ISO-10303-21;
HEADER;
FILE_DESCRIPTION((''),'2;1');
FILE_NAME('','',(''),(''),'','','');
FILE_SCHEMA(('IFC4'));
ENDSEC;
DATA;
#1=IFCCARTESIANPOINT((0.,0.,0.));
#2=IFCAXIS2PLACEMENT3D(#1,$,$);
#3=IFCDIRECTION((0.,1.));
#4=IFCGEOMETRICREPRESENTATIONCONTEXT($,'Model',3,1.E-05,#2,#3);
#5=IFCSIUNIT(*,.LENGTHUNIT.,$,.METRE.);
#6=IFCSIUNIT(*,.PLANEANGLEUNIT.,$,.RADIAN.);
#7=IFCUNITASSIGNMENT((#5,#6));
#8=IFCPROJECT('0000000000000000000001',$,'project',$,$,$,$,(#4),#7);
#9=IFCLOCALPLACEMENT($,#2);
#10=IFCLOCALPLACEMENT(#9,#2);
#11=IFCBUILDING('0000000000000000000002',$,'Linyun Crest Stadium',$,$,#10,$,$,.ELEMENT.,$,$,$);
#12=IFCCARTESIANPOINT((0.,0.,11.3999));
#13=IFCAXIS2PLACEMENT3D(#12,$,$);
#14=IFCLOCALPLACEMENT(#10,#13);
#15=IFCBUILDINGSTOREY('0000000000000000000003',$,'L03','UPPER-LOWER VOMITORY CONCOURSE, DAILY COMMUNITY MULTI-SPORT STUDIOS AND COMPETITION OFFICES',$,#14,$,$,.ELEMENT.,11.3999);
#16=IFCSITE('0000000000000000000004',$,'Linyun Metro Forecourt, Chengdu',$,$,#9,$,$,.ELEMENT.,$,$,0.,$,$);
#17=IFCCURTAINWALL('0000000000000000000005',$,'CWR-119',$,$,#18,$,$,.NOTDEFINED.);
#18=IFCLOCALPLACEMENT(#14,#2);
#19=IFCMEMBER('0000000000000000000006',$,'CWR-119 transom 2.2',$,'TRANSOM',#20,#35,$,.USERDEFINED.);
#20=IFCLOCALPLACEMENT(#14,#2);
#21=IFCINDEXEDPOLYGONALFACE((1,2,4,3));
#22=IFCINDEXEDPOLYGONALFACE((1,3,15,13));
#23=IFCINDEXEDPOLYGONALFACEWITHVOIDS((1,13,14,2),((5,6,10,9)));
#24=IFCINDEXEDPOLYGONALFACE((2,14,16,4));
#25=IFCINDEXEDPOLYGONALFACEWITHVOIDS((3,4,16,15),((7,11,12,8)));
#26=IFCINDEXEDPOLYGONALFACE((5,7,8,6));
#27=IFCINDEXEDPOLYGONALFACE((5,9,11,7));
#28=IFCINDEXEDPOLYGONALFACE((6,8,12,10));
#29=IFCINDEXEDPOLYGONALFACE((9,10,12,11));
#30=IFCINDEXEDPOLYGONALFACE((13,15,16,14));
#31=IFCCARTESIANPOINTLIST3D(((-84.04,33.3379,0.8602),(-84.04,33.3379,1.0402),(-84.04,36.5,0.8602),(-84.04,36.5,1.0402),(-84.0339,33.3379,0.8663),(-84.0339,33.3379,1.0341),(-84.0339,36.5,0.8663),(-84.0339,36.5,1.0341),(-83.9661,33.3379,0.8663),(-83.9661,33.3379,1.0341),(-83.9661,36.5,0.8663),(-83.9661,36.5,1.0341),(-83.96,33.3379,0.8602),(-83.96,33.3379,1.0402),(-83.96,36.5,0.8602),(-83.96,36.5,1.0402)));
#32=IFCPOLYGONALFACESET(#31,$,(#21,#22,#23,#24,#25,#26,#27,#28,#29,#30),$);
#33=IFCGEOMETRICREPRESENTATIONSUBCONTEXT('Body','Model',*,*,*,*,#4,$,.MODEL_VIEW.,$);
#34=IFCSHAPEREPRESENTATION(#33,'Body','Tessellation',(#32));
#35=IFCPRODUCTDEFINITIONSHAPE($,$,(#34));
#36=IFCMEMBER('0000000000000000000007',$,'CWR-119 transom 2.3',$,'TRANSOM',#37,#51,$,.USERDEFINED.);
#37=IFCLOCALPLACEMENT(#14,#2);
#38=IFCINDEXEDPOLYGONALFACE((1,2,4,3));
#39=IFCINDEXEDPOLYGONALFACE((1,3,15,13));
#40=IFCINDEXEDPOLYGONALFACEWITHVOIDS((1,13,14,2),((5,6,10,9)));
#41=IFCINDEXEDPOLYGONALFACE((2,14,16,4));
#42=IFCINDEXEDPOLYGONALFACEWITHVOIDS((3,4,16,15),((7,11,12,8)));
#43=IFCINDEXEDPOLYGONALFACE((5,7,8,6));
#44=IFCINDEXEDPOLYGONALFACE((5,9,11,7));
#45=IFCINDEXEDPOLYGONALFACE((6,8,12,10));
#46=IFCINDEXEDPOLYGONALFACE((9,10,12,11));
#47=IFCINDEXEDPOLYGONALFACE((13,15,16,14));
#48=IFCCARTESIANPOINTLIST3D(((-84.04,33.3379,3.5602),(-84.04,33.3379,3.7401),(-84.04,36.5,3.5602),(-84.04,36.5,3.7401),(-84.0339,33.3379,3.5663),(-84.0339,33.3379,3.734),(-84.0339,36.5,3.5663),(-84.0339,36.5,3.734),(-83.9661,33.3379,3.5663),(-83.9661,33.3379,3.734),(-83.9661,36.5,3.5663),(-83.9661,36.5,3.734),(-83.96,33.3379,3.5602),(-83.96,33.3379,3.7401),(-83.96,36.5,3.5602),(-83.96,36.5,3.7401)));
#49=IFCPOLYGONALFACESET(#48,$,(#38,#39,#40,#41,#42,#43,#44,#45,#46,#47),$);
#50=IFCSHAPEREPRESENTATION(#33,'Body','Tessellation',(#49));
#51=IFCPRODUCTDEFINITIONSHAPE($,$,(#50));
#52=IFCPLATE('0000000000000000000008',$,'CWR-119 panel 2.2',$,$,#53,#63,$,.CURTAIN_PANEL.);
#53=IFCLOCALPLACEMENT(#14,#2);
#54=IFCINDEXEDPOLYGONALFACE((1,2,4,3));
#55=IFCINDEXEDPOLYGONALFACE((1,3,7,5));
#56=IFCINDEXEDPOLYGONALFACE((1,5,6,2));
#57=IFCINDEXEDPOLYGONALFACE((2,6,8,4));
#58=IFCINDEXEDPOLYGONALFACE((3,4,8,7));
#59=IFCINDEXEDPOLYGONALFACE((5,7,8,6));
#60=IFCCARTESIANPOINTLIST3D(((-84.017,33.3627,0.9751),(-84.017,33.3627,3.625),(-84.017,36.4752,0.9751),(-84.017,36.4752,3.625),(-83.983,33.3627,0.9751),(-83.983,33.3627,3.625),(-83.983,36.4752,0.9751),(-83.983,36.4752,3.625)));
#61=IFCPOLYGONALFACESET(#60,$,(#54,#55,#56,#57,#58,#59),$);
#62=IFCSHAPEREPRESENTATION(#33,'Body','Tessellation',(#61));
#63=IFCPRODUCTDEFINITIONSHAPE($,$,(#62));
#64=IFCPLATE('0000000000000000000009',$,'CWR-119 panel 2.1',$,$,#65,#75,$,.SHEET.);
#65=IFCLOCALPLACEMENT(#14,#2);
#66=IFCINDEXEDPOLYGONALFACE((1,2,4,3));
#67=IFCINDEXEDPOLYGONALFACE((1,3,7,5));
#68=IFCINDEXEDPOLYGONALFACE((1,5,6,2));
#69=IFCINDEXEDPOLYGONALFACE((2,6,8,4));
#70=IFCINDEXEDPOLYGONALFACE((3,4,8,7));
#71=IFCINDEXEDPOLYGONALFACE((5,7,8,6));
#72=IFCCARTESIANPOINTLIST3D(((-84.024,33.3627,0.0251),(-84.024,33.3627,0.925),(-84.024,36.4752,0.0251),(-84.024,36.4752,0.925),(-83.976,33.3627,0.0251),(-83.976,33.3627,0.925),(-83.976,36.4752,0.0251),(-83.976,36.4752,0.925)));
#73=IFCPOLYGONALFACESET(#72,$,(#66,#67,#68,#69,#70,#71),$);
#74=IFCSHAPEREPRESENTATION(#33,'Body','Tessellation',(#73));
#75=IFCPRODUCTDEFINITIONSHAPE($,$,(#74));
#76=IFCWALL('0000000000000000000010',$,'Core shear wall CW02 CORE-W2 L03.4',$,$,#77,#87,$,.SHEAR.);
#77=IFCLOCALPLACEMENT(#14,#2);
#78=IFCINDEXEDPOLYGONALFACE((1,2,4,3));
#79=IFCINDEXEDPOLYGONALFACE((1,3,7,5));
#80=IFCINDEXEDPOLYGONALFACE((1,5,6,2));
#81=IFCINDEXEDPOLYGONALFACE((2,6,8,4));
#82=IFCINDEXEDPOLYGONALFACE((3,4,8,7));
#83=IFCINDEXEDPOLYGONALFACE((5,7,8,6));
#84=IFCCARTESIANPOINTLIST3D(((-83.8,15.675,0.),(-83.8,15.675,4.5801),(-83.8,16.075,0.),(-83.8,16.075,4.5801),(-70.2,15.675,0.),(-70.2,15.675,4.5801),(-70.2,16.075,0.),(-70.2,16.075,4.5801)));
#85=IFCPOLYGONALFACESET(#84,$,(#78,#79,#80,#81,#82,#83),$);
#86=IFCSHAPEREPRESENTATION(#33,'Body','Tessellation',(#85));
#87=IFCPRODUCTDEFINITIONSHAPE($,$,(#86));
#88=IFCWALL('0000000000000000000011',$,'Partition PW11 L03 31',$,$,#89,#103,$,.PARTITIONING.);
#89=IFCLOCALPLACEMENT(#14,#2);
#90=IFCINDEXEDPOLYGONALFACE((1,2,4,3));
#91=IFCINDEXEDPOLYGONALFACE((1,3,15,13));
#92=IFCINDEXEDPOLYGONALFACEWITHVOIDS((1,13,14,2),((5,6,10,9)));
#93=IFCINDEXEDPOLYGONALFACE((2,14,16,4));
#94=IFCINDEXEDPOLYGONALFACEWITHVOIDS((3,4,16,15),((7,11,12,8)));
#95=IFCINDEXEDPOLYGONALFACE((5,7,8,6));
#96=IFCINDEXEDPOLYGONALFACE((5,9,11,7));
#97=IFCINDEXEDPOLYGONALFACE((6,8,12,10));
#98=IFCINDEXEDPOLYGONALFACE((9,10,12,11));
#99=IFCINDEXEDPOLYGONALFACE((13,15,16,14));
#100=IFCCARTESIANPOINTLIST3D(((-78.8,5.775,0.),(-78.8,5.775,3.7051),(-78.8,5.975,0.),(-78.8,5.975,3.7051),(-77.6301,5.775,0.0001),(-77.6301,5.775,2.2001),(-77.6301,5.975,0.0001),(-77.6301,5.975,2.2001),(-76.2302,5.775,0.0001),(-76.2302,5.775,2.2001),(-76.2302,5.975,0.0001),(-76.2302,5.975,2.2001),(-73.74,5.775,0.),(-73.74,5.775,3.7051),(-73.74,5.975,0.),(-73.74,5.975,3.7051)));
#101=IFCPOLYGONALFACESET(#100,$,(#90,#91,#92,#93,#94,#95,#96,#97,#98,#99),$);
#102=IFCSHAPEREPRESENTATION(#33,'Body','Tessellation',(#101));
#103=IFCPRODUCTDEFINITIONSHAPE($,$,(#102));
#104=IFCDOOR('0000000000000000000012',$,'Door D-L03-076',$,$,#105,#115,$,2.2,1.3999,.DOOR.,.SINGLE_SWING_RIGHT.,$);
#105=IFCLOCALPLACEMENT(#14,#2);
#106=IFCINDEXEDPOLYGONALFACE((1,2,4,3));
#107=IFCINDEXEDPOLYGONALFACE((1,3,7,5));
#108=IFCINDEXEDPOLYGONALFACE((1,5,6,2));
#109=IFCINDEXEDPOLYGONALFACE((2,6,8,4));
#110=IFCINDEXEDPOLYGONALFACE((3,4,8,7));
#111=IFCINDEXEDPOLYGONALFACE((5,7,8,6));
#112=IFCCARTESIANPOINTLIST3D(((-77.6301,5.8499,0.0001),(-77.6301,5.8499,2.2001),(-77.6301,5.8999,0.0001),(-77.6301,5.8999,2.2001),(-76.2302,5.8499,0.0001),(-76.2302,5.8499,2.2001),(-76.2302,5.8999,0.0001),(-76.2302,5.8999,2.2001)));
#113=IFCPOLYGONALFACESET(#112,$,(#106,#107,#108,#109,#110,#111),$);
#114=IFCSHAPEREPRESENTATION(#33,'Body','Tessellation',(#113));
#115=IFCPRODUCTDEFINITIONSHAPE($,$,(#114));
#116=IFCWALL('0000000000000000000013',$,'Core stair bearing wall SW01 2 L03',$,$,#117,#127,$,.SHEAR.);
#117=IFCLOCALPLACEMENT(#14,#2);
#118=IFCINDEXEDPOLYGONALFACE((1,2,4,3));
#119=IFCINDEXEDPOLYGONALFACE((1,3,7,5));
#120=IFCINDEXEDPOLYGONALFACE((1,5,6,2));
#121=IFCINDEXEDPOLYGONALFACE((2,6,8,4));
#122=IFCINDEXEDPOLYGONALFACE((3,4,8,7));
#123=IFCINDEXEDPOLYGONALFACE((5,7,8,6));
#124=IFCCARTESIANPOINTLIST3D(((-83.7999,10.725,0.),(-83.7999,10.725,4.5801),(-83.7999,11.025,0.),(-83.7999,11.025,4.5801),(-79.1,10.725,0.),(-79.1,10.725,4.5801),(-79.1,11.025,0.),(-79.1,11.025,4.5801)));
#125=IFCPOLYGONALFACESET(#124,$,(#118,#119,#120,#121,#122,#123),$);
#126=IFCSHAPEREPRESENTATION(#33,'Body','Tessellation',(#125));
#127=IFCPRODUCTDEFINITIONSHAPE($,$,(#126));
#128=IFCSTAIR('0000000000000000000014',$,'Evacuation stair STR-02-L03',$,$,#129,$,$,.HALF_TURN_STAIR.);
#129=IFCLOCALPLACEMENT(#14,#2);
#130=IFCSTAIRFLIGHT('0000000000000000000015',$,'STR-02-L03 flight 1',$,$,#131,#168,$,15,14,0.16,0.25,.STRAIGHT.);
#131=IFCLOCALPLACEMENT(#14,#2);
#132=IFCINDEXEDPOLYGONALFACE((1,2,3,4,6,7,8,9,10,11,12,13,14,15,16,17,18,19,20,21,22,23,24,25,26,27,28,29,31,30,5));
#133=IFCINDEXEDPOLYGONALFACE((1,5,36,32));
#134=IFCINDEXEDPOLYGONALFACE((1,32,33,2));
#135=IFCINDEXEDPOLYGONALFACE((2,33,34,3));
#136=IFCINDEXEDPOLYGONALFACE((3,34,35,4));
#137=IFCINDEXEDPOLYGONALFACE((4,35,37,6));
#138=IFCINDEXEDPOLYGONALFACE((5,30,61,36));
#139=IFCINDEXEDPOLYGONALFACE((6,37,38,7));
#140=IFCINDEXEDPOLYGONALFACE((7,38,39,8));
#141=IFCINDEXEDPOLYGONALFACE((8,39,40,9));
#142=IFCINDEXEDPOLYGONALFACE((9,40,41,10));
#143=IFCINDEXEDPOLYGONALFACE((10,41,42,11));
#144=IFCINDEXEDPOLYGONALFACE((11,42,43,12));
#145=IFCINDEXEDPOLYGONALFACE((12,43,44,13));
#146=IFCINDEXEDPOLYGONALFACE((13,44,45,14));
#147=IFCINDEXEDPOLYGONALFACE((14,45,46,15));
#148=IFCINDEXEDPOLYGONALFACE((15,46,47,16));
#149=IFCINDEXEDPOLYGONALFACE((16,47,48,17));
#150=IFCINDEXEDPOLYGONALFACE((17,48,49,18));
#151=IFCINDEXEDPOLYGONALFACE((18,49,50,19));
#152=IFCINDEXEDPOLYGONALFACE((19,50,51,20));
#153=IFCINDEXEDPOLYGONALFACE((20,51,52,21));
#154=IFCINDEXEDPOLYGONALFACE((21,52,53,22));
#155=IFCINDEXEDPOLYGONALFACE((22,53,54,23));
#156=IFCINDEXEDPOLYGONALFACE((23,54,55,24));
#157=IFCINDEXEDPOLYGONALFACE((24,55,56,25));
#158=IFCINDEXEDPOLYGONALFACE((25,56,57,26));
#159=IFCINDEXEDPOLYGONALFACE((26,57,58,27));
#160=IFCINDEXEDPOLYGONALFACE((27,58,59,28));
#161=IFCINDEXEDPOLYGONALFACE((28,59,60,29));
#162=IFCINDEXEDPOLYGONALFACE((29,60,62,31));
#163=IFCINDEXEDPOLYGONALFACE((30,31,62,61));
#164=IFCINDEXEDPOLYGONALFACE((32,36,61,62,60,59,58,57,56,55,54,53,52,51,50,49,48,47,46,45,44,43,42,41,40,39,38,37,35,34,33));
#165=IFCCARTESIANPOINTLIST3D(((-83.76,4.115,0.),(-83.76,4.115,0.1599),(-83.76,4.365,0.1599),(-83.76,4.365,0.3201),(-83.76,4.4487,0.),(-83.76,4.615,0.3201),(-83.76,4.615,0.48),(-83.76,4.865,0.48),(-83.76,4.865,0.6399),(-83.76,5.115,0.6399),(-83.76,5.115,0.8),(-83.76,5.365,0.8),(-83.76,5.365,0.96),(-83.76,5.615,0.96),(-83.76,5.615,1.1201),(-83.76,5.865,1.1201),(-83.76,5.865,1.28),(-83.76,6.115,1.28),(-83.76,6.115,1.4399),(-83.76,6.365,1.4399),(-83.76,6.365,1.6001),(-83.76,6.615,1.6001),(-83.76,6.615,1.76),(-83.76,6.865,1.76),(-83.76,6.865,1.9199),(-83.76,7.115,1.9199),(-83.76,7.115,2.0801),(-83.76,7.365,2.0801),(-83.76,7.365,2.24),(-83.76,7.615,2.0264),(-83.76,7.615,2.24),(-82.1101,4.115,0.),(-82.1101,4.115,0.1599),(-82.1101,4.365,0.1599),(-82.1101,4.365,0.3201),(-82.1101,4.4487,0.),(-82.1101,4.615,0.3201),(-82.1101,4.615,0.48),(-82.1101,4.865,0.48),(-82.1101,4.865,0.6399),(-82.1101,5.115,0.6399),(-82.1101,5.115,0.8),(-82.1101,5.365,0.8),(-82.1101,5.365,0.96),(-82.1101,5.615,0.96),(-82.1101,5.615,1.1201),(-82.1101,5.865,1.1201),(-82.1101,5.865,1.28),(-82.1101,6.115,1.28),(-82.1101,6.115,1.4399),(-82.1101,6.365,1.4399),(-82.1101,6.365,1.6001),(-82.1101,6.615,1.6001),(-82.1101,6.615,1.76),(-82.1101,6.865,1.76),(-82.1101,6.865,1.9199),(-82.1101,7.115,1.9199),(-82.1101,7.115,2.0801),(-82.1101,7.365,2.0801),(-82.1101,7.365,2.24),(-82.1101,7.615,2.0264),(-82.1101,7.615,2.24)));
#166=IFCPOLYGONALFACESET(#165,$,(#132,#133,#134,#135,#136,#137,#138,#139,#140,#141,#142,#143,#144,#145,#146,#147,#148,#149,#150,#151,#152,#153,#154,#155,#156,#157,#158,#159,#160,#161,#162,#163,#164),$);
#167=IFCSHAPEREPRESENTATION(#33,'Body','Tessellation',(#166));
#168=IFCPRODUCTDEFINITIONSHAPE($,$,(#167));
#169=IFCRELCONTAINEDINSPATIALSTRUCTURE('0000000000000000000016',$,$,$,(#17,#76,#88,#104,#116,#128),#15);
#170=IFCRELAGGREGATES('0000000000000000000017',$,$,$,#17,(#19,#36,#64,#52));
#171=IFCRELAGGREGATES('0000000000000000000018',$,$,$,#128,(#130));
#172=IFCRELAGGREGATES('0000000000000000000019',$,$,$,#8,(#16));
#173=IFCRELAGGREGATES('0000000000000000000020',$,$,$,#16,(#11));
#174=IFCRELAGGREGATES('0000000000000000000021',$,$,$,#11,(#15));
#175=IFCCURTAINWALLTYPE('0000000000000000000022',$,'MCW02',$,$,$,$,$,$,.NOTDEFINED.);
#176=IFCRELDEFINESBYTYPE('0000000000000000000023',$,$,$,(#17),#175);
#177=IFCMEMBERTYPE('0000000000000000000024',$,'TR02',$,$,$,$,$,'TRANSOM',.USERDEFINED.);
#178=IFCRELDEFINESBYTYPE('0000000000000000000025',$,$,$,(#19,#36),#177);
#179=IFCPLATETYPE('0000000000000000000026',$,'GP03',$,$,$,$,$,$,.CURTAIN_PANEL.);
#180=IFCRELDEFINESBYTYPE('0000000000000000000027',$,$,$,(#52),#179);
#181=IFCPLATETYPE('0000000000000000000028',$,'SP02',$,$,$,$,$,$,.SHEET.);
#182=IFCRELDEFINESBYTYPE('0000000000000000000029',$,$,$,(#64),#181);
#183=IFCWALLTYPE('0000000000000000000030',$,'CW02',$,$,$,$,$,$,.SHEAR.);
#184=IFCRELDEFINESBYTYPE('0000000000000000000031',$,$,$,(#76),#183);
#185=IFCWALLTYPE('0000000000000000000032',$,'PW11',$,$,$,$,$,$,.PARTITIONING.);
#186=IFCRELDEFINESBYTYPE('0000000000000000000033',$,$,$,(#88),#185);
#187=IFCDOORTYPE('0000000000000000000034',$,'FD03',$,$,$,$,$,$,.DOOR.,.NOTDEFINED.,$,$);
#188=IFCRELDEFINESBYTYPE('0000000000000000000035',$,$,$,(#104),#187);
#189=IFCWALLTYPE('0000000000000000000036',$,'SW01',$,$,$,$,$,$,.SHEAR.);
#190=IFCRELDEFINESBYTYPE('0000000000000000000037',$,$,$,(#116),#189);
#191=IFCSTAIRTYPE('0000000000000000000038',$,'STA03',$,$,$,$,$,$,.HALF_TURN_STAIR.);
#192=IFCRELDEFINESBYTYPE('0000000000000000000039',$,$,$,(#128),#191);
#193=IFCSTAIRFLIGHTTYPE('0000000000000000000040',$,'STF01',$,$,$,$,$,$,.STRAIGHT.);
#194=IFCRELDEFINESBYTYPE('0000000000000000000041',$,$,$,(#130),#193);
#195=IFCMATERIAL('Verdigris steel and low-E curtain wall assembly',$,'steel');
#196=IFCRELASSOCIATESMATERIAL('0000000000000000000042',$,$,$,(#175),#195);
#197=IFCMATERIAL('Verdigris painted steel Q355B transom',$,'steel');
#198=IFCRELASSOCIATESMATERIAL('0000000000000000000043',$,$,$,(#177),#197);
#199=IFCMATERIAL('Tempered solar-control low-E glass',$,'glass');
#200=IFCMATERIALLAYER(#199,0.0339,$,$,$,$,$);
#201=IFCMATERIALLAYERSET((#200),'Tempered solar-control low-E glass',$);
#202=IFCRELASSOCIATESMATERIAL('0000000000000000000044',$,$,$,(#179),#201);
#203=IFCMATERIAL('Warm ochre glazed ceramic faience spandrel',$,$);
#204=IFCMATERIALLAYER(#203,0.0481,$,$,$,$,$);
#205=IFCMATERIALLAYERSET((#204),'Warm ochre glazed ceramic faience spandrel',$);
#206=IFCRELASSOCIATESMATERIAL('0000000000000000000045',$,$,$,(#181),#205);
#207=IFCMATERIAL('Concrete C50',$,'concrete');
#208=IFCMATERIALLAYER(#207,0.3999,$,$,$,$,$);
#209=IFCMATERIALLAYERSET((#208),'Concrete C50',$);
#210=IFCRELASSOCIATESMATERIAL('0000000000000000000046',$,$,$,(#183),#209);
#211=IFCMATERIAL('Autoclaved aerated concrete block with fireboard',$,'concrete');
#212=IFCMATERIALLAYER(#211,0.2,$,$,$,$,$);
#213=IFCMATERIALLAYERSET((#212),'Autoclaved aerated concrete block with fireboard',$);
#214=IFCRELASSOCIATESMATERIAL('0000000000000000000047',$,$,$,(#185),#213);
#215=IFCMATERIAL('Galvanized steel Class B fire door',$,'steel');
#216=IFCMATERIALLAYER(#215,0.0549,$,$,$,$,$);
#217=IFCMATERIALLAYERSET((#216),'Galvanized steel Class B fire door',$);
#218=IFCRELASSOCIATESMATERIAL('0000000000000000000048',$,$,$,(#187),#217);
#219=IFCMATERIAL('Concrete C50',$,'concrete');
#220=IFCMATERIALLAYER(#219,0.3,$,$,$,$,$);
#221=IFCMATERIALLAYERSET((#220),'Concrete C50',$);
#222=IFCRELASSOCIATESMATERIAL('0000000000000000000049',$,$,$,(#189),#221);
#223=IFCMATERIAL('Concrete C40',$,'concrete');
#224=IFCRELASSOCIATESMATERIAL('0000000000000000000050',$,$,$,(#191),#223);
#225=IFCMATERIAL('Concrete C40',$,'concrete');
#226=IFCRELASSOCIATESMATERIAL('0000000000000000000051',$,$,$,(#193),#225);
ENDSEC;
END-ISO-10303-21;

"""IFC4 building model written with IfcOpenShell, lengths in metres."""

from ifc_helpers import new_model, si_unit, direction, frame, frame_2d, origin, origin_2d, place, context, subcontext, project, spatial, polyline, rectangle, hollow_rectangle, outline, extrude, material, layer, layer_set, material_profile, profile_set, type_object, element, fill, aggregate, save


model = new_model("IFC4")

# Units and contexts
model_context = context("Model", 3, precision=1e-05, world=origin(), true_north=direction((0.0, 1.0)))
body_context = subcontext(model_context, "Body", "Model", "MODEL_VIEW")
ifc_project = project(units=[si_unit("LENGTHUNIT", "METRE"), si_unit("PLANEANGLEUNIT", "RADIAN")], contexts=[model_context])

# Site, building, storey
site_placement = place(None, origin())
site = spatial("IfcSite", under=ifc_project, at=site_placement, Name="Linyun Metro Forecourt, Chengdu", CompositionType="ELEMENT", RefElevation=0.0)
building_placement = place(site_placement, origin())
building = spatial("IfcBuilding", under=site, at=building_placement, Name="Linyun Crest Stadium", CompositionType="ELEMENT")
storey_placement = place(building_placement, frame((0.0, 0.0, 11.3999)))
storey = spatial("IfcBuildingStorey", under=building, at=storey_placement, Name="L03", Description="UPPER-LOWER VOMITORY CONCOURSE, DAILY COMMUNITY MULTI-SPORT STUDIOS AND COMPETITION OFFICES", CompositionType="ELEMENT", Elevation=11.3999)

# Curtain wall, members, plates
ifc_material_1 = material(Name="Verdigris steel and low-E curtain wall assembly", Category="steel")
curtain_wall_type = type_object("IfcCurtainWallType", Name="MCW02", PredefinedType="NOTDEFINED", material=ifc_material_1)
curtain_wall_placement = place(storey_placement, origin())
curtain_wall = element("IfcCurtainWall", 1, at=curtain_wall_placement, inside=storey, type_object=curtain_wall_type, Name="CWR-119", PredefinedType="NOTDEFINED")
ifc_material_2 = material(Name="Verdigris painted steel Q355B transom", Category="steel")
ifc_material_profile_1 = material_profile(ifc_material_2, hollow_rectangle(XDim=0.0801, YDim=0.1799, WallThickness=0.0061, at=origin_2d()), Name="RHS 180x80x6")
ifc_profile_set_1 = profile_set([ifc_material_profile_1], Name="Verdigris painted steel Q355B transom")
member_type_1 = type_object("IfcMemberType", Name="TR02", ElementType="TRANSOM", PredefinedType="USERDEFINED", material=ifc_profile_set_1)
member_1_placement = place(storey_placement, frame((-84.0, 33.3379, 0.9502), z_axis=(0.0, 1.0, 0.0), x_axis=(-1.0, 0.0, 0.0)))
member_1 = element("IfcMember", 2, at=member_1_placement, type_object=member_type_1, Name="CWR-119 transom 2.2", ObjectType="TRANSOM", PredefinedType="USERDEFINED", context=body_context, shape_type="SweptSolid", body=[
    extrude(hollow_rectangle(XDim=0.0801, YDim=0.1799, WallThickness=0.0061, at=origin_2d()), origin(), (0.0, 0.0, 1.0), 3.1621),
])
member_2_placement = place(storey_placement, frame((-84.0, 33.3379, 3.6501), z_axis=(0.0, 1.0, 0.0), x_axis=(-1.0, 0.0, 0.0)))
member_2 = element("IfcMember", 3, at=member_2_placement, type_object=member_type_1, Name="CWR-119 transom 2.3", ObjectType="TRANSOM", PredefinedType="USERDEFINED", context=body_context, shape_type="SweptSolid", body=[
    extrude(hollow_rectangle(XDim=0.0801, YDim=0.1799, WallThickness=0.0061, at=origin_2d()), origin(), (0.0, 0.0, 1.0), 3.1621),
])
ifc_material_3 = material(Name="Tempered solar-control low-E glass", Category="glass")
ifc_layer_1 = layer(ifc_material_3, 0.0339)
ifc_layer_set_1 = layer_set([ifc_layer_1], Name="Tempered solar-control low-E glass")
plate_type_1 = type_object("IfcPlateType", Name="GP03", PredefinedType="CURTAIN_PANEL", material=ifc_layer_set_1)
plate_1_placement = place(storey_placement, frame((-84.0, 34.9189, 0.9751), z_axis=(0.0, 0.0, 1.0), x_axis=(0.0, 1.0, 0.0)))
plate_1 = element("IfcPlate", 4, at=plate_1_placement, type_object=plate_type_1, Name="CWR-119 panel 2.2", PredefinedType="CURTAIN_PANEL", context=body_context, shape_type="SweptSolid", body=[
    extrude(rectangle(XDim=3.1125, YDim=0.0339, at=origin_2d()), origin(), (0.0, 0.0, 1.0), 2.6499),
])
ifc_material_4 = material(Name="Warm ochre glazed ceramic faience spandrel")
ifc_layer_2 = layer(ifc_material_4, 0.0481)
ifc_layer_set_2 = layer_set([ifc_layer_2], Name="Warm ochre glazed ceramic faience spandrel")
plate_type_2 = type_object("IfcPlateType", Name="SP02", PredefinedType="SHEET", material=ifc_layer_set_2)
plate_2_placement = place(storey_placement, frame((-84.0, 34.9189, 0.0251), z_axis=(0.0, 0.0, 1.0), x_axis=(0.0, 1.0, 0.0)))
plate_2 = element("IfcPlate", 5, at=plate_2_placement, type_object=plate_type_2, Name="CWR-119 panel 2.1", PredefinedType="SHEET", context=body_context, shape_type="SweptSolid", body=[
    extrude(rectangle(XDim=3.1125, YDim=0.0481, at=origin_2d()), origin(), (0.0, 0.0, 1.0), 0.8999),
])
aggregate(curtain_wall, [member_1, member_2, plate_2, plate_1])

# Wall
ifc_material_5 = material(Name="Concrete C50", Category="concrete")
ifc_layer_3 = layer(ifc_material_5, 0.3999)
ifc_layer_set_3 = layer_set([ifc_layer_3], Name="Concrete C50")
wall_type_1 = type_object("IfcWallType", Name="CW02", PredefinedType="SHEAR", material=ifc_layer_set_3)
wall_1_placement = place(storey_placement, frame((-83.8, 15.875, 0.0), z_axis=(0.0, 0.0, 1.0), x_axis=(1.0, 0.0, 0.0)))
element("IfcWall", 6, at=wall_1_placement, inside=storey, type_object=wall_type_1, Name="Core shear wall CW02 CORE-W2 L03.4", PredefinedType="SHEAR", context=body_context, shape_type="SweptSolid", body=[
    extrude(rectangle(XDim=13.6001, YDim=0.3999, at=frame_2d((6.8, 0.0))), origin(), (0.0, 0.0, 1.0), 4.5801),
])

# Wall, opening, door
ifc_material_6 = material(Name="Autoclaved aerated concrete block with fireboard", Category="concrete")
ifc_layer_4 = layer(ifc_material_6, 0.2)
ifc_layer_set_4 = layer_set([ifc_layer_4], Name="Autoclaved aerated concrete block with fireboard")
wall_type_2 = type_object("IfcWallType", Name="PW11", PredefinedType="PARTITIONING", material=ifc_layer_set_4)
wall_2_placement = place(storey_placement, frame((-78.8, 5.875, 0.0), z_axis=(0.0, 0.0, 1.0), x_axis=(1.0, 0.0, 0.0)))
wall_2 = element("IfcWall", 7, at=wall_2_placement, inside=storey, type_object=wall_type_2, Name="Partition PW11 L03 31", PredefinedType="PARTITIONING", context=body_context, shape_type="SweptSolid", body=[
    extrude(rectangle(XDim=5.0601, YDim=0.2, at=frame_2d((2.53, 0.0))), origin(), (0.0, 0.0, 1.0), 3.7051),
])
opening_placement = place(wall_2_placement, frame((1.1699, 0.0, 0.0)))
opening = element("IfcOpeningElement", 8, at=opening_placement, cuts=wall_2, PredefinedType="OPENING", context=body_context, shape_type="SweptSolid", body=[
    extrude(rectangle(XDim=1.3999, YDim=2.2, at=frame_2d((0.7, 1.1001))), frame((0.0, 0.1099, 0.0), z_axis=(0.0, -1.0, 0.0), x_axis=(1.0, 0.0, 0.0)), (0.0, 0.0, 1.0), 0.22),
])
ifc_material_7 = material(Name="Galvanized steel Class B fire door", Category="steel")
ifc_layer_5 = layer(ifc_material_7, 0.0549)
ifc_layer_set_5 = layer_set([ifc_layer_5], Name="Galvanized steel Class B fire door")
door_type = type_object("IfcDoorType", Name="FD03", OperationType="NOTDEFINED", PredefinedType="DOOR", material=ifc_layer_set_5)
door_placement = place(opening_placement, origin())
door = element("IfcDoor", 9, at=door_placement, inside=storey, type_object=door_type, Name="Door D-L03-076", OperationType="SINGLE_SWING_RIGHT", OverallHeight=2.2, OverallWidth=1.3999, PredefinedType="DOOR", context=body_context, shape_type="SweptSolid", body=[
    extrude(rectangle(XDim=1.3999, YDim=2.2, at=frame_2d((0.7, 1.1001))), frame((0.0, 0.0249, 0.0), z_axis=(0.0, -1.0, 0.0), x_axis=(1.0, 0.0, 0.0)), (0.0, 0.0, 1.0), 0.05),
])
fill(opening, door)

# Wall
ifc_material_8 = material(Name="Concrete C50", Category="concrete")
ifc_layer_6 = layer(ifc_material_8, 0.3)
ifc_layer_set_6 = layer_set([ifc_layer_6], Name="Concrete C50")
wall_type_3 = type_object("IfcWallType", Name="SW01", PredefinedType="SHEAR", material=ifc_layer_set_6)
wall_3_placement = place(storey_placement, frame((-83.8, 10.875, 0.0), z_axis=(0.0, 0.0, 1.0), x_axis=(1.0, 0.0, 0.0)))
element("IfcWall", 10, at=wall_3_placement, inside=storey, type_object=wall_type_3, Name="Core stair bearing wall SW01 2 L03", PredefinedType="SHEAR", context=body_context, shape_type="SweptSolid", body=[
    extrude(rectangle(XDim=4.7, YDim=0.3, at=frame_2d((2.3501, 0.0))), origin(), (0.0, 0.0, 1.0), 4.5801),
])

# Stair, stair flight
ifc_material_9 = material(Name="Concrete C40", Category="concrete")
stair_type = type_object("IfcStairType", Name="STA03", PredefinedType="HALF_TURN_STAIR", material=ifc_material_9)
stair_placement = place(storey_placement, origin())
stair = element("IfcStair", 11, at=stair_placement, inside=storey, type_object=stair_type, Name="Evacuation stair STR-02-L03", PredefinedType="HALF_TURN_STAIR")
ifc_material_10 = material(Name="Concrete C40", Category="concrete")
stair_flight_type = type_object("IfcStairFlightType", Name="STF01", PredefinedType="STRAIGHT", material=ifc_material_10)
stair_flight_1_placement = place(storey_placement, frame((-82.9351, 4.115, 0.0), z_axis=(0.0, 0.0, 1.0), x_axis=(0.0, 1.0, 0.0)))
stair_flight_1 = element("IfcStairFlight", 12, at=stair_flight_1_placement, type_object=stair_flight_type, Name="STR-02-L03 flight 1", NumberOfRisers=15, NumberOfTreads=14, PredefinedType="STRAIGHT", RiserHeight=0.16, TreadLength=0.25, context=body_context, shape_type="SweptSolid", body=[
    extrude(outline(polyline([(0.0, 0.0), (0.0, 0.1599), (0.25, 0.1599), (0.25, 0.3201), (0.5, 0.3201), (0.5, 0.48), (0.75, 0.48), (0.75, 0.6399), (1.0, 0.6399), (1.0, 0.8), (1.25, 0.8), (1.25, 0.96), (1.5, 0.96), (1.5, 1.1201), (1.75, 1.1201), (1.75, 1.28), (2.0, 1.28), (2.0, 1.4399), (2.25, 1.4399), (2.25, 1.6001), (2.5, 1.6001), (2.5, 1.76), (2.75, 1.76), (2.75, 1.9199), (3.0, 1.9199), (3.0, 2.0801), (3.25, 2.0801), (3.25, 2.24), (3.5, 2.24), (3.5, 2.3999), (3.5, 2.0264), (0.3337, 0.0), (0.0, 0.0)])), frame((0.0, 0.825, 0.0), z_axis=(0.0, -1.0, 0.0), x_axis=(1.0, 0.0, 0.0)), (0.0, 0.0, 1.0), 1.6499),
])
aggregate(stair, [stair_flight_1])

save(model, "model.ifc")
